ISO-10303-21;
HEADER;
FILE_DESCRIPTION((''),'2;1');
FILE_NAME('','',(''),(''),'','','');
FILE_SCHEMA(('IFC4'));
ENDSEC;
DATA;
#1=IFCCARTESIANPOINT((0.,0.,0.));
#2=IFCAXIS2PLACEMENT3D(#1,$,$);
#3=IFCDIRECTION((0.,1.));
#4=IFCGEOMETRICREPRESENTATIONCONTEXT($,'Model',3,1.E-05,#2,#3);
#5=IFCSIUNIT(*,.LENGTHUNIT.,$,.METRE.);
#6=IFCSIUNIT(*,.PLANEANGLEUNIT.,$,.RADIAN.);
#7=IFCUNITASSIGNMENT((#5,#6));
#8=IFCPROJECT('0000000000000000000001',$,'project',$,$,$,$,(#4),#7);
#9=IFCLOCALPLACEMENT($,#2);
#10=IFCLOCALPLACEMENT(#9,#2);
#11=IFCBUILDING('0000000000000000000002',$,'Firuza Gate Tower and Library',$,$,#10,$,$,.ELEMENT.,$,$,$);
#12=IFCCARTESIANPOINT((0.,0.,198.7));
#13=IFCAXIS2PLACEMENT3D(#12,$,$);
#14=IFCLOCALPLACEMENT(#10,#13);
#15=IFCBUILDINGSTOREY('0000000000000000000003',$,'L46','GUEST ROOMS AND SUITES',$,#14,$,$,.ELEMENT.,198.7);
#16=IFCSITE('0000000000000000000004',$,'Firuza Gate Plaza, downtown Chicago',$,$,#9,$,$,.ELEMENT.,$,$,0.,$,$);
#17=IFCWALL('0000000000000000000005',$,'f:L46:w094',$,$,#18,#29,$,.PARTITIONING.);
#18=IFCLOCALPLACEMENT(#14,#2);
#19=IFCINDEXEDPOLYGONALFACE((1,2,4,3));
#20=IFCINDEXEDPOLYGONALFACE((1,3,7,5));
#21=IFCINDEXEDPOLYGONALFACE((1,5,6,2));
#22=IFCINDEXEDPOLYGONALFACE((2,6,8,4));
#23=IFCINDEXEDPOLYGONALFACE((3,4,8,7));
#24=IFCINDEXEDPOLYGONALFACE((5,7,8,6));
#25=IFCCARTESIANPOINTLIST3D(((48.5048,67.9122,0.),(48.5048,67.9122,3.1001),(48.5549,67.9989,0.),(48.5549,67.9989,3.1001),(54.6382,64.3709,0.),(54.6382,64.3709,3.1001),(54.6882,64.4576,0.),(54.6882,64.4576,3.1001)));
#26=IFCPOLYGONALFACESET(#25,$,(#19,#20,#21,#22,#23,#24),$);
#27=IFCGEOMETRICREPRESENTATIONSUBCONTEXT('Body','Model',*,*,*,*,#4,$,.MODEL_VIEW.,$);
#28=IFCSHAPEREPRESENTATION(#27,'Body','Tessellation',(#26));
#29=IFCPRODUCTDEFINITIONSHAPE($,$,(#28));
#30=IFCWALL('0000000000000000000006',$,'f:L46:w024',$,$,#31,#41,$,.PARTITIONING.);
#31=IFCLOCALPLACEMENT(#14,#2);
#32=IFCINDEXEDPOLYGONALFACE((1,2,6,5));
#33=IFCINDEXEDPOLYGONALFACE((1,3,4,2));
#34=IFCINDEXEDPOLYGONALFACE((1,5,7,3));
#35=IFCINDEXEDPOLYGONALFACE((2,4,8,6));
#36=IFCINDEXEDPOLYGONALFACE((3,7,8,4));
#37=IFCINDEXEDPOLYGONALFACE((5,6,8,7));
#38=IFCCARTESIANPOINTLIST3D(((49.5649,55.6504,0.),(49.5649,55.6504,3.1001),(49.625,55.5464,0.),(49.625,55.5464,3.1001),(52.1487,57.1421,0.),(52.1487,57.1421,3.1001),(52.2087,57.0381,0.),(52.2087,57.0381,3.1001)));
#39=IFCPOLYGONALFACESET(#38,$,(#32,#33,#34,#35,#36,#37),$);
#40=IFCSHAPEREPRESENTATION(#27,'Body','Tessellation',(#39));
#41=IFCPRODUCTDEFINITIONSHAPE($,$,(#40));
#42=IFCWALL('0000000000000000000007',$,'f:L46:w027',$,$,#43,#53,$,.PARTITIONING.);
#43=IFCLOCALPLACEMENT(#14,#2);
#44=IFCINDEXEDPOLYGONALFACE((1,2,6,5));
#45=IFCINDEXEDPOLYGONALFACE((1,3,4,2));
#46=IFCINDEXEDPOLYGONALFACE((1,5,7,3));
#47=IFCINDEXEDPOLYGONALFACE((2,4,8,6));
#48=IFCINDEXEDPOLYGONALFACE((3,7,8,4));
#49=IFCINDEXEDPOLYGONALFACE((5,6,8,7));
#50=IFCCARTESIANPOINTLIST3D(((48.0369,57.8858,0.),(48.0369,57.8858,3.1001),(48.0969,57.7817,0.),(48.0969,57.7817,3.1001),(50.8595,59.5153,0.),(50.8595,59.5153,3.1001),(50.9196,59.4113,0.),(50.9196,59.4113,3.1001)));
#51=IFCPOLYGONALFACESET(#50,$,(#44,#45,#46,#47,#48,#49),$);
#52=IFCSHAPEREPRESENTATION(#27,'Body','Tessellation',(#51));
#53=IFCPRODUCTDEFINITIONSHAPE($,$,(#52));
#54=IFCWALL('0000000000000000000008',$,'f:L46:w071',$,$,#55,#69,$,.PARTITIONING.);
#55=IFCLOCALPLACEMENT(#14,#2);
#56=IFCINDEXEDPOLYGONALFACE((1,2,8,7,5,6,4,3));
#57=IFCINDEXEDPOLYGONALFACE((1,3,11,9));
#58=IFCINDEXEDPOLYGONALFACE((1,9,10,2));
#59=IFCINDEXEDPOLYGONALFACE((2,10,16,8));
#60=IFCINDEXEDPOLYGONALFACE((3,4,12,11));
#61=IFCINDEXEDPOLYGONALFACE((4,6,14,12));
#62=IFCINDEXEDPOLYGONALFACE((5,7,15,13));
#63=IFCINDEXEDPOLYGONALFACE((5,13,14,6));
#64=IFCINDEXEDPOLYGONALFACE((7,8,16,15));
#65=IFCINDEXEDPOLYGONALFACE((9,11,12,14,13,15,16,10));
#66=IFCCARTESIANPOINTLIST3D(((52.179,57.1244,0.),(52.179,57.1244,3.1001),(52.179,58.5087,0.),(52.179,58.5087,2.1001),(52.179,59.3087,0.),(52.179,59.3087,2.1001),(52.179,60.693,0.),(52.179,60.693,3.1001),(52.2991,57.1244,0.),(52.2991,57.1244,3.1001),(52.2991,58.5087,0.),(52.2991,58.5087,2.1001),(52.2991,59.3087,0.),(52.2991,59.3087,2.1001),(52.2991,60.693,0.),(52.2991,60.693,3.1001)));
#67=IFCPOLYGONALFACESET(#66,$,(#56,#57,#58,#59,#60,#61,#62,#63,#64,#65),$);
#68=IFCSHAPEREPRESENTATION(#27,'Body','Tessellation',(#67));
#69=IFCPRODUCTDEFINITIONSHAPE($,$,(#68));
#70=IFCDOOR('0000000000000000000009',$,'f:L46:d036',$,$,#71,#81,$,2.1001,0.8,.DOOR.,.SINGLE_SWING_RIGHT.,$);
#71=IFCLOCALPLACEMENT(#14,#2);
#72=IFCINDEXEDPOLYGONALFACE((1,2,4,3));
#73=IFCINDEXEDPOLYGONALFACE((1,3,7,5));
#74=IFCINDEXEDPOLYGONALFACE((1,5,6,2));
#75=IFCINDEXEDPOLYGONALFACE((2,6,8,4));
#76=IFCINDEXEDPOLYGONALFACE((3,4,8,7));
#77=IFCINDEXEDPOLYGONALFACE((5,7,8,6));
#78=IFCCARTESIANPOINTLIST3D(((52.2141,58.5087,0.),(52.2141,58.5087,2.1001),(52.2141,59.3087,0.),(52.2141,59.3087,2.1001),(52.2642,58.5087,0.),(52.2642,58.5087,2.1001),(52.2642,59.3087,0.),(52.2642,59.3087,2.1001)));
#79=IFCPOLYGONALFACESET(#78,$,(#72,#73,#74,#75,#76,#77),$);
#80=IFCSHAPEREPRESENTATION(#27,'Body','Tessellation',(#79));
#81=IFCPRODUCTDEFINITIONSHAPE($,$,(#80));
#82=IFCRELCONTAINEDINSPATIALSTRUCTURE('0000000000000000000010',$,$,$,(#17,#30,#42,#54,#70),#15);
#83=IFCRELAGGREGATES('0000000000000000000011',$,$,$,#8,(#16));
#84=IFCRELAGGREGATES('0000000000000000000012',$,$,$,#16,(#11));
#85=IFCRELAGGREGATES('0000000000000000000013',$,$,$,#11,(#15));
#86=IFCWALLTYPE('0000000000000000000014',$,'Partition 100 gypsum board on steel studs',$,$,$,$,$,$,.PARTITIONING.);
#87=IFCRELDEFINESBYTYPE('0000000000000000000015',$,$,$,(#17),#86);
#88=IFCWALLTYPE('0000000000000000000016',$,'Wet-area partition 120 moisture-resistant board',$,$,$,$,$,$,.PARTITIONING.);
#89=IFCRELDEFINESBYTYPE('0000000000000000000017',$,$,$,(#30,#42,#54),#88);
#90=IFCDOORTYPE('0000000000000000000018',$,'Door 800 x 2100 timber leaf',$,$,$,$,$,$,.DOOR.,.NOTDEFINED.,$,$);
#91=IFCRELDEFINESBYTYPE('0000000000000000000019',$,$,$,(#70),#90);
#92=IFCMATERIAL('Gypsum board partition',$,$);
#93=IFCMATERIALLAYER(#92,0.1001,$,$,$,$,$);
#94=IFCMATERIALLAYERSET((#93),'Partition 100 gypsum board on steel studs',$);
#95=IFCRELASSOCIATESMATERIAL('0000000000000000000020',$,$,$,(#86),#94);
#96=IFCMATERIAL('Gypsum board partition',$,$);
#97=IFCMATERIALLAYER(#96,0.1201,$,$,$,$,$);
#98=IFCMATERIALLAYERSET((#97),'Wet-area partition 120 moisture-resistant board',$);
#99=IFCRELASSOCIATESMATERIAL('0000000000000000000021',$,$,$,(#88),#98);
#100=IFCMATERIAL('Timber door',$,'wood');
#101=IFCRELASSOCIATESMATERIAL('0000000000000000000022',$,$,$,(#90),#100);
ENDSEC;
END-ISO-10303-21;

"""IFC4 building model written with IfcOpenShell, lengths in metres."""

from ifc_helpers import new_model, si_unit, direction, frame, frame_2d, origin, place, context, subcontext, project, spatial, rectangle, extrude, material, layer, layer_set, type_object, element, fill, save


model = new_model("IFC4")

# Units and contexts
model_context = context("Model", 3, precision=1e-05, world=origin(), true_north=direction((0.0, 1.0)))
body_context = subcontext(model_context, "Body", "Model", "MODEL_VIEW")
ifc_project = project(units=[si_unit("LENGTHUNIT", "METRE"), si_unit("PLANEANGLEUNIT", "RADIAN")], contexts=[model_context])

# Site, building, storey
site_placement = place(None, origin())
site = spatial("IfcSite", under=ifc_project, at=site_placement, Name="Firuza Gate Plaza, downtown Chicago", CompositionType="ELEMENT", RefElevation=0.0)
building_placement = place(site_placement, origin())
building = spatial("IfcBuilding", under=site, at=building_placement, Name="Firuza Gate Tower and Library", CompositionType="ELEMENT")
storey_placement = place(building_placement, frame((0.0, 0.0, 198.7)))
storey = spatial("IfcBuildingStorey", under=building, at=storey_placement, Name="L46", Description="GUEST ROOMS AND SUITES", CompositionType="ELEMENT", Elevation=198.7)

# Walls
ifc_material_1 = material(Name="Gypsum board partition")
ifc_layer_1 = layer(ifc_material_1, 0.1001)
ifc_layer_set_1 = layer_set([ifc_layer_1], Name="Partition 100 gypsum board on steel studs")
wall_type_1 = type_object("IfcWallType", Name="Partition 100 gypsum board on steel studs", PredefinedType="PARTITIONING", material=ifc_layer_set_1)
wall_1_placement = place(storey_placement, frame((54.6631, 64.4143, 0.0), z_axis=(0.0, 0.0, 1.0), x_axis=(-0.866013, 0.500021, 0.0)))
element("IfcWall", 1, at=wall_1_placement, inside=storey, type_object=wall_type_1, Name="f:L46:w094", PredefinedType="PARTITIONING", context=body_context, shape_type="SweptSolid", body=[
    extrude(rectangle(XDim=7.0823, YDim=0.1001, at=frame_2d((3.541, 0.0))), origin(), (0.0, 0.0, 1.0), 3.1001),
])
ifc_material_2 = material(Name="Gypsum board partition")
ifc_layer_2 = layer(ifc_material_2, 0.1201)
ifc_layer_set_2 = layer_set([ifc_layer_2], Name="Wet-area partition 120 moisture-resistant board")
wall_type_2 = type_object("IfcWallType", Name="Wet-area partition 120 moisture-resistant board", PredefinedType="PARTITIONING", material=ifc_layer_set_2)
wall_2_placement = place(storey_placement, frame((49.595, 55.5984, 0.0), z_axis=(0.0, 0.0, 1.0), x_axis=(0.866029, 0.499994, 0.0)))
element("IfcWall", 2, at=wall_2_placement, inside=storey, type_object=wall_type_2, Name="f:L46:w024", PredefinedType="PARTITIONING", context=body_context, shape_type="SweptSolid", body=[
    extrude(rectangle(XDim=2.9834, YDim=0.1201, at=frame_2d((1.4917, 0.0))), origin(), (0.0, 0.0, 1.0), 3.1001),
])
wall_3_placement = place(storey_placement, frame((48.0669, 57.8337, 0.0), z_axis=(0.0, 0.0, 1.0), x_axis=(0.866036, 0.499982, 0.0)))
element("IfcWall", 3, at=wall_3_placement, inside=storey, type_object=wall_type_2, Name="f:L46:w027", PredefinedType="PARTITIONING", context=body_context, shape_type="SweptSolid", body=[
    extrude(rectangle(XDim=3.2593, YDim=0.1201, at=frame_2d((1.6296, 0.0))), origin(), (0.0, 0.0, 1.0), 3.1001),
])

# Wall, opening, door
wall_4_placement = place(storey_placement, frame((52.239, 57.1245, 0.0), z_axis=(0.0, 0.0, 1.0), x_axis=(0.0, 1.0, 0.0)))
wall_4 = element("IfcWall", 4, at=wall_4_placement, inside=storey, type_object=wall_type_2, Name="f:L46:w071", PredefinedType="PARTITIONING", context=body_context, shape_type="SweptSolid", body=[
    extrude(rectangle(XDim=3.5686, YDim=0.1201, at=frame_2d((1.7842, 0.0))), origin(), (0.0, 0.0, 1.0), 3.1001),
])
opening_1_placement = place(wall_4_placement, frame((1.3843, 0.0, 0.0)))
opening_1 = element("IfcOpeningElement", 5, at=opening_1_placement, cuts=wall_4, PredefinedType="OPENING", context=body_context, shape_type="SweptSolid", body=[
    extrude(rectangle(XDim=0.8, YDim=2.1001, at=frame_2d((0.3999, 1.05))), frame((0.0, 0.0701, 0.0), z_axis=(0.0, -1.0, 0.0), x_axis=(1.0, 0.0, 0.0)), (0.0, 0.0, 1.0), 0.1401),
])
ifc_material_3 = material(Name="Timber door", Category="wood")
door_type_1 = type_object("IfcDoorType", Name="Door 800 x 2100 timber leaf", OperationType="NOTDEFINED", PredefinedType="DOOR", material=ifc_material_3)
door_1_placement = place(opening_1_placement, origin())
door_1 = element("IfcDoor", 6, at=door_1_placement, inside=storey, type_object=door_type_1, Name="f:L46:d036", OperationType="SINGLE_SWING_RIGHT", OverallHeight=2.1001, OverallWidth=0.8, PredefinedType="DOOR", context=body_context, shape_type="SweptSolid", body=[
    extrude(rectangle(XDim=0.8, YDim=2.1001, at=frame_2d((0.3999, 1.05))), frame((0.0, 0.0249, 0.0), z_axis=(0.0, -1.0, 0.0), x_axis=(1.0, 0.0, 0.0)), (0.0, 0.0, 1.0), 0.05),
])
fill(opening_1, door_1)

save(model, "model.ifc")
